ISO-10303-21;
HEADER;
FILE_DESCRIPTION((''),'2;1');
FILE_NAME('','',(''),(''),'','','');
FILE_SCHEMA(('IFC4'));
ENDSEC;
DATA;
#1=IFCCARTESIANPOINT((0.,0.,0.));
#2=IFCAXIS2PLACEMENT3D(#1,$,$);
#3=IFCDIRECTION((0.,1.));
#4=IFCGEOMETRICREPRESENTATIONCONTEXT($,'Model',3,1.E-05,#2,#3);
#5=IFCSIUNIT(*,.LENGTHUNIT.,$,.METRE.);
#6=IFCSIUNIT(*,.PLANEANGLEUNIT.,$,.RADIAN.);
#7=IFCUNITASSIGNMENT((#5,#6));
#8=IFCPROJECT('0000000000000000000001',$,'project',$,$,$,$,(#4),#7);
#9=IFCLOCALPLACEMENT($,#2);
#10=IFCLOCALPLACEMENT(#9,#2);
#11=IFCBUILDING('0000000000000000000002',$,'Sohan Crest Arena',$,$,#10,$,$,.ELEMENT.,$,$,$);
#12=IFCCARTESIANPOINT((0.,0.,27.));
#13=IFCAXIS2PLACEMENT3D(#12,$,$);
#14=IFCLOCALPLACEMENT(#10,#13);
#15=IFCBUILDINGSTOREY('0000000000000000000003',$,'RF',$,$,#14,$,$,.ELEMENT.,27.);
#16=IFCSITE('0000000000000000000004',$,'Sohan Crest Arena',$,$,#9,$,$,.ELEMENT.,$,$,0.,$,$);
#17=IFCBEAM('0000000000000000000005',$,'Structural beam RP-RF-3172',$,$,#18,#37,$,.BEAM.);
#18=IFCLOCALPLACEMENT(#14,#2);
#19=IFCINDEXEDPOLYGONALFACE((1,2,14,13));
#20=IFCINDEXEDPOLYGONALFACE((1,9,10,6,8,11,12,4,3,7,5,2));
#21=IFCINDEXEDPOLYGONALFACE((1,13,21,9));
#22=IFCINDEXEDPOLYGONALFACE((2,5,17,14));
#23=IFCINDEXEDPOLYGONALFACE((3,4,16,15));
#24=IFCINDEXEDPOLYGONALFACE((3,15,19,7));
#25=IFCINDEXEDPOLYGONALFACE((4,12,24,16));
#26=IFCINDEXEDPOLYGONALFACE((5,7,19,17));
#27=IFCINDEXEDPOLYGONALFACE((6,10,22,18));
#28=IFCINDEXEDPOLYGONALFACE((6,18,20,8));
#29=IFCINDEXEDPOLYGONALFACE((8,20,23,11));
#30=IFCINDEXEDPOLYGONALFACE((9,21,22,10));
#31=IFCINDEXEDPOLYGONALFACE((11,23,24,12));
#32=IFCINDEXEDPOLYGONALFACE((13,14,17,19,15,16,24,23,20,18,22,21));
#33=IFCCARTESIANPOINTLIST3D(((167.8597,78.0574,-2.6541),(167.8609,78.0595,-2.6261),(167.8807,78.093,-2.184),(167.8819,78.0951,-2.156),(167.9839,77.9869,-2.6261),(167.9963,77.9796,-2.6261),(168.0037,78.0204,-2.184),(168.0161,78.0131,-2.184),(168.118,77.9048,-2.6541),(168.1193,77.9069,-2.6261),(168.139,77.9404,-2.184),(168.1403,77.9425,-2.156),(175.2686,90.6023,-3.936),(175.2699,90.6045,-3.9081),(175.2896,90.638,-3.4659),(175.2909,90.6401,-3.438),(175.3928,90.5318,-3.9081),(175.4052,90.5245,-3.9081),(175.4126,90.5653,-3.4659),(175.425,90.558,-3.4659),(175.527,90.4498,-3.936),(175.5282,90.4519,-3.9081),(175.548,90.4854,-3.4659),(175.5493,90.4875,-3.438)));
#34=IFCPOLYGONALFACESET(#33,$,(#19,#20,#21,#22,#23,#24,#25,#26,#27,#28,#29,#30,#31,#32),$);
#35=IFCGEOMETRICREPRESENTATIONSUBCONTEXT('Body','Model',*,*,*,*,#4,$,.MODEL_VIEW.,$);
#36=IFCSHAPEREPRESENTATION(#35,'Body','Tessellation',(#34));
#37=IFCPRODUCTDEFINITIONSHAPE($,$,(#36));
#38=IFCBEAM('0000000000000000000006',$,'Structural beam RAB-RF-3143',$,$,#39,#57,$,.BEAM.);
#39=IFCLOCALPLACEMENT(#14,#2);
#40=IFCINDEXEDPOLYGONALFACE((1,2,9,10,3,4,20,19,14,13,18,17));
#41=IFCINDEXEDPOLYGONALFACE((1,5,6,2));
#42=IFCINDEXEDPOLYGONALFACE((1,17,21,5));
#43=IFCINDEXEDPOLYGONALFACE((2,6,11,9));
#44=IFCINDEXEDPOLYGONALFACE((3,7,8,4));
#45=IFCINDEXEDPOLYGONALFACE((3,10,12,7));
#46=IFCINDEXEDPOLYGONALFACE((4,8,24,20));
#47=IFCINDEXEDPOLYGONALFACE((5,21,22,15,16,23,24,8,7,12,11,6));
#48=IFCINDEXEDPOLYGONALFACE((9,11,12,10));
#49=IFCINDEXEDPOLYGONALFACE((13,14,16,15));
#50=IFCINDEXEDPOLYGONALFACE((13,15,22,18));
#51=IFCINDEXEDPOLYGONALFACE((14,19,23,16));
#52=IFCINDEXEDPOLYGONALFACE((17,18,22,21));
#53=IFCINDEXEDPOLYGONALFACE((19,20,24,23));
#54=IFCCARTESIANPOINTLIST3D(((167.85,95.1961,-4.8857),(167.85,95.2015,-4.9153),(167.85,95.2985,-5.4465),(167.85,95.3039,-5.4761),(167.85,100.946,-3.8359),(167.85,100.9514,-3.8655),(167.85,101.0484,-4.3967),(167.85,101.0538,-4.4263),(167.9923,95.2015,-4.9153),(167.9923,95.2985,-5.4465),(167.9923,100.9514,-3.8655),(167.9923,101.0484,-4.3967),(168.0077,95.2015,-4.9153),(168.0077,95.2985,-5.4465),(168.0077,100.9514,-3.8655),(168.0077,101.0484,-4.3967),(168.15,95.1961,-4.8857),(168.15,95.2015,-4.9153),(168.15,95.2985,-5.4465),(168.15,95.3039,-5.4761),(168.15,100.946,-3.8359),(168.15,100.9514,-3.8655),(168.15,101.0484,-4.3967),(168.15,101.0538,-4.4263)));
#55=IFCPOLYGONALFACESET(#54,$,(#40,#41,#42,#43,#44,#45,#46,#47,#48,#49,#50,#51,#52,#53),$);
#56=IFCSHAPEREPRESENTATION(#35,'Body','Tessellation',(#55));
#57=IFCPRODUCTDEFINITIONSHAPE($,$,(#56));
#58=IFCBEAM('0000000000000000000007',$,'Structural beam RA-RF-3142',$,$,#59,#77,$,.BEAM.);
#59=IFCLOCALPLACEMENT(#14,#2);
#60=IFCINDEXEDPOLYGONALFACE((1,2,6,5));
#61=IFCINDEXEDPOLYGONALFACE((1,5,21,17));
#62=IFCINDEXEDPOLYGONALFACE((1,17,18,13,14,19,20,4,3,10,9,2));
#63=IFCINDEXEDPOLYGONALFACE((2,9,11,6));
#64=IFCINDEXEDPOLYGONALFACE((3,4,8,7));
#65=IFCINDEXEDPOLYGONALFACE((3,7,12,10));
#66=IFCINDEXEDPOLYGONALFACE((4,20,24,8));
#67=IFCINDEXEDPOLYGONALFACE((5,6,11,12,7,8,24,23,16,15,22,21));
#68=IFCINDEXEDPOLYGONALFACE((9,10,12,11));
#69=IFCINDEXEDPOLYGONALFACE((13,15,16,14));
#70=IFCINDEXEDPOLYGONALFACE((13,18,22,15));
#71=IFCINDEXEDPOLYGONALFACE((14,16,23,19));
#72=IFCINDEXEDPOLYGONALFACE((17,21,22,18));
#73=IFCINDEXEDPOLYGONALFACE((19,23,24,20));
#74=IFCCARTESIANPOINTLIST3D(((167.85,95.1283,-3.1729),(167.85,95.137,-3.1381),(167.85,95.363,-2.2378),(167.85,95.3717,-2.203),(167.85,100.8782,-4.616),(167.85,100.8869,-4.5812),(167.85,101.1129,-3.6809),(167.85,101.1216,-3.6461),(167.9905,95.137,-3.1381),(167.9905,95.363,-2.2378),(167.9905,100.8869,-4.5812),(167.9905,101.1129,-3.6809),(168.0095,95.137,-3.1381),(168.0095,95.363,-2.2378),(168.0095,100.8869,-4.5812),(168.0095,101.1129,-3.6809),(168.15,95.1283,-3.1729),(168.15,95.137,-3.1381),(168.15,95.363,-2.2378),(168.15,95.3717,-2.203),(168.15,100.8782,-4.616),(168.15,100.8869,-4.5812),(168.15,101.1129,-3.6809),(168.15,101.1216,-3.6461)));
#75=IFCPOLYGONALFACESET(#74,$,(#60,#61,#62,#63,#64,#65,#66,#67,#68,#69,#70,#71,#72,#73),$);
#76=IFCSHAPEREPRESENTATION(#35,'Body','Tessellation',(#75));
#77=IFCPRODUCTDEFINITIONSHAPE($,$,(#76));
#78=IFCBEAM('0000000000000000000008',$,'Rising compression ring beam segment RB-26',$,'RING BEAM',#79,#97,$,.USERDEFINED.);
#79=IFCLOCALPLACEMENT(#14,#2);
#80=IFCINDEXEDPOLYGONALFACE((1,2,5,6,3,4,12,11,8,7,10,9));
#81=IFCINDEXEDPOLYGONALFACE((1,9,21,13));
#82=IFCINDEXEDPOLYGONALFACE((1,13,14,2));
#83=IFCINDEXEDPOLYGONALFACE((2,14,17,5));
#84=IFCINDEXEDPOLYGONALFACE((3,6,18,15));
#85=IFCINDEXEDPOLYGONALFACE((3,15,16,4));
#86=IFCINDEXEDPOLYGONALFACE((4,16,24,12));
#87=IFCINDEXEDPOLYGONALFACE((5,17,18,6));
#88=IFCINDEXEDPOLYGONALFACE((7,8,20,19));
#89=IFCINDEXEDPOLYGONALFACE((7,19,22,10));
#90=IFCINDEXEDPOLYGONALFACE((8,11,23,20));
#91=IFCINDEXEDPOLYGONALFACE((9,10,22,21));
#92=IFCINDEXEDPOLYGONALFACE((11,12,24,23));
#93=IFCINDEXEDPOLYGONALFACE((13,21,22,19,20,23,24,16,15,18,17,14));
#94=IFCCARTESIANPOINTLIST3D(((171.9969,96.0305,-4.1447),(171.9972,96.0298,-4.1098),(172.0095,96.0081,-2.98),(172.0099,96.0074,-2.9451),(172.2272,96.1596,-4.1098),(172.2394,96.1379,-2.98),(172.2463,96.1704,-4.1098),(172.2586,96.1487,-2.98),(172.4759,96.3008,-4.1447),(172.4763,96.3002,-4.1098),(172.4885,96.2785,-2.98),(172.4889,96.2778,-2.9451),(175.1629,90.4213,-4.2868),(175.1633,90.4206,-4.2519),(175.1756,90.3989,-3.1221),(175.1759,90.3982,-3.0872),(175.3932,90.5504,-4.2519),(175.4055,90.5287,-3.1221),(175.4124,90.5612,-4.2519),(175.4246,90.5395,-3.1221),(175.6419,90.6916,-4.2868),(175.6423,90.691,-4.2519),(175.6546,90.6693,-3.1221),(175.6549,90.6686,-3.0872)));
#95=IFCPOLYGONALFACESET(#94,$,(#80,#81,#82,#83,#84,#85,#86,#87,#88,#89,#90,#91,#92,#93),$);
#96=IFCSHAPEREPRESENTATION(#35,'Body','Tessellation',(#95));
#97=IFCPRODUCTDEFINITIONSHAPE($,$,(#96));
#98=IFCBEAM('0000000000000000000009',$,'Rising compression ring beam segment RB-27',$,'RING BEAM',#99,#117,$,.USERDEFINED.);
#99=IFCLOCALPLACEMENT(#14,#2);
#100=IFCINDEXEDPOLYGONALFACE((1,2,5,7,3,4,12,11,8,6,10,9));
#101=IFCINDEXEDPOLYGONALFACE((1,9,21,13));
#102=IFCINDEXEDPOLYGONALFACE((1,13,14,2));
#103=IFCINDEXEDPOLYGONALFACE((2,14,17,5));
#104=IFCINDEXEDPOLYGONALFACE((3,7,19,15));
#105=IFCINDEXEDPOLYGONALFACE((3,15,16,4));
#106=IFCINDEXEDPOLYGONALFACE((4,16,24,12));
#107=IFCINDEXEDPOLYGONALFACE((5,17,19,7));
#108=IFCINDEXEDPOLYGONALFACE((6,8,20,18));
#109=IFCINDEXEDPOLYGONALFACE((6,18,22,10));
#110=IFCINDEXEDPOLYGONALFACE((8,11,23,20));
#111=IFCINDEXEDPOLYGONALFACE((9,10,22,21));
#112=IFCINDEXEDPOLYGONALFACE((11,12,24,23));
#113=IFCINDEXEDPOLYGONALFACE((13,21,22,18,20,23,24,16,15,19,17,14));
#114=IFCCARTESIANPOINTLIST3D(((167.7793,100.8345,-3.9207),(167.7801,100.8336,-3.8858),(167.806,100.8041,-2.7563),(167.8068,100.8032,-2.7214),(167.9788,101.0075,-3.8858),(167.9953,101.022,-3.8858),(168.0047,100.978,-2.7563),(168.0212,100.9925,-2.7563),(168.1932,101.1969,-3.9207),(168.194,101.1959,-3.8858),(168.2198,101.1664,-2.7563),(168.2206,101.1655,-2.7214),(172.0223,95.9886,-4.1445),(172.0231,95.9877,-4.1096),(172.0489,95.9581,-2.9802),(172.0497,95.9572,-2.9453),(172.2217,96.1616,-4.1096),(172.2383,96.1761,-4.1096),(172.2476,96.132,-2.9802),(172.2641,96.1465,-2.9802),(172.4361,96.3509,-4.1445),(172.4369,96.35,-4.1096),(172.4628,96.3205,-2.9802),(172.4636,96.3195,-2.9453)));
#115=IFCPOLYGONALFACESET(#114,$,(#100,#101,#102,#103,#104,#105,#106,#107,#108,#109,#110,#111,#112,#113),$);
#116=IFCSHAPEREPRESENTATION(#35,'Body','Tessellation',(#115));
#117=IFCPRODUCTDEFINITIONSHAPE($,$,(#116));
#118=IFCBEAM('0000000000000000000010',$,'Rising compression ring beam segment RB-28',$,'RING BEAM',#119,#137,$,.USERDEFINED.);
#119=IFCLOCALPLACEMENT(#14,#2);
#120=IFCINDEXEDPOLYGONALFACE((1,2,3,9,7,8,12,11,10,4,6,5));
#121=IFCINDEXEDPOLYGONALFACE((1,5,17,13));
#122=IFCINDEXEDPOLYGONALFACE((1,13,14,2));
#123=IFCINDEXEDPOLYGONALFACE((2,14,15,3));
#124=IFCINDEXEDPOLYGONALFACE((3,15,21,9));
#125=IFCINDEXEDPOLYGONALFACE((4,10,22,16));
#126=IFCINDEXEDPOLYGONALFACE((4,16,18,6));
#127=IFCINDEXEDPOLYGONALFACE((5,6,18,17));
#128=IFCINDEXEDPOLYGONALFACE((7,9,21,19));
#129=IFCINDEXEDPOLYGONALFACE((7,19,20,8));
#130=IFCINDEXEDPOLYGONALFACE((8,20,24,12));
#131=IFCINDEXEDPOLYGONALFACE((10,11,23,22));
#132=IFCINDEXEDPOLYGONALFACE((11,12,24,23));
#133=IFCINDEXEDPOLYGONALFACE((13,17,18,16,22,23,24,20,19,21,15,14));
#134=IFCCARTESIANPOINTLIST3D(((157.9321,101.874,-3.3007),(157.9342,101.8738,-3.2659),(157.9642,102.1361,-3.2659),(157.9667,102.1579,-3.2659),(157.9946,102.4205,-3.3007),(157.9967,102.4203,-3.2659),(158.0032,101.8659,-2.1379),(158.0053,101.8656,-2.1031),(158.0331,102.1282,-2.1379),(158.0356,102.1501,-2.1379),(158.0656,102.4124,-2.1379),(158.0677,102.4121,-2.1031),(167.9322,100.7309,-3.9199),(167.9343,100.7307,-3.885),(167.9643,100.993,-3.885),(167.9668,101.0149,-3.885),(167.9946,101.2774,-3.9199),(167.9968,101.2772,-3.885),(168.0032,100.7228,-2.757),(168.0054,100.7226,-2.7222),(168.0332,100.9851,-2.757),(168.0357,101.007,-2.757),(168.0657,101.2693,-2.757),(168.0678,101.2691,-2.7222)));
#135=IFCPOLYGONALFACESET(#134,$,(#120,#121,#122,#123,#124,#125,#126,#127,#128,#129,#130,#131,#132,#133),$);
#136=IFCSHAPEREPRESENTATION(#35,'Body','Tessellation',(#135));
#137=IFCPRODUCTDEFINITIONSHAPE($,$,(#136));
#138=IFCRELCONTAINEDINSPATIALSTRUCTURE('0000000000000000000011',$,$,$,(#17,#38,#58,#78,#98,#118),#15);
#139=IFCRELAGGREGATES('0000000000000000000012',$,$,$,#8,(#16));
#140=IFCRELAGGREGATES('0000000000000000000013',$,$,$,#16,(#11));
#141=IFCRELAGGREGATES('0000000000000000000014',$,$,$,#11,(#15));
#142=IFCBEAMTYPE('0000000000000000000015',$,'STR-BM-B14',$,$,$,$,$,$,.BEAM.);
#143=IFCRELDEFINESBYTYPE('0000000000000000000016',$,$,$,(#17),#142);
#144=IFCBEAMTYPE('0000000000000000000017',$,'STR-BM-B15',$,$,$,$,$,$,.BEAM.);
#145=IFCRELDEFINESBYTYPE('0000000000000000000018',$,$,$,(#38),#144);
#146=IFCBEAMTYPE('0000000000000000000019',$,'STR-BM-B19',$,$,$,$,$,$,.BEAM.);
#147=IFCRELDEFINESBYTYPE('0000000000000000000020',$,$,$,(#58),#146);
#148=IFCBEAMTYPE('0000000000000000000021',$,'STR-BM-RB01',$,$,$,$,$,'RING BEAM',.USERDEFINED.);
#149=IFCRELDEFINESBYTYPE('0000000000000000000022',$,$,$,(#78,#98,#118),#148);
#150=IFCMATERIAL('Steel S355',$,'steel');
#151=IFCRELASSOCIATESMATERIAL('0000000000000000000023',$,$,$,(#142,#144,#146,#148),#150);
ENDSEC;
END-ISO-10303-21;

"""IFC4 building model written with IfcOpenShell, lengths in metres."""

from ifc_helpers import new_model, si_unit, direction, frame, origin, origin_2d, place, context, subcontext, project, spatial, i_section, extrude, material, material_profile, profile_set, type_object, element, save


model = new_model("IFC4")

# Units and contexts
model_context = context("Model", 3, precision=1e-05, world=origin(), true_north=direction((0.0, 1.0)))
body_context = subcontext(model_context, "Body", "Model", "MODEL_VIEW")
ifc_project = project(units=[si_unit("LENGTHUNIT", "METRE"), si_unit("PLANEANGLEUNIT", "RADIAN")], contexts=[model_context])

# Site, building, storey
site_placement = place(None, origin())
site = spatial("IfcSite", under=ifc_project, at=site_placement, Name="Sohan Crest Arena", CompositionType="ELEMENT", RefElevation=0.0)
building_placement = place(site_placement, origin())
building = spatial("IfcBuilding", under=site, at=building_placement, Name="Sohan Crest Arena", CompositionType="ELEMENT")
storey_placement = place(building_placement, frame((0.0, 0.0, 27.0)))
storey = spatial("IfcBuildingStorey", under=building, at=storey_placement, Name="RF", CompositionType="ELEMENT", Elevation=27.0)

# Beams
ifc_material_1 = material(Name="Steel S355", Category="steel")
ifc_material_profile_1 = material_profile(ifc_material_1, i_section(OverallWidth=0.3, OverallDepth=0.5, WebThickness=0.0144, FlangeThickness=0.0281, at=origin_2d()), Name="HEB 500")
ifc_profile_set_1 = profile_set([ifc_material_profile_1], Name="Steel S355")
beam_type_1 = type_object("IfcBeamType", Name="STR-BM-B14", PredefinedType="BEAM", material=ifc_profile_set_1)
beam_1_placement = place(storey_placement, frame((175.4089, 90.5449, -3.687), z_axis=(-0.50657, -0.857732, 0.087653), x_axis=(0.861046, -0.508527, 0.0)))
element("IfcBeam", 1, at=beam_1_placement, inside=storey, type_object=beam_type_1, Name="Structural beam RP-RF-3172", PredefinedType="BEAM", context=body_context, shape_type="SweptSolid", body=[
    extrude(i_section(OverallWidth=0.3, OverallDepth=0.5, WebThickness=0.0144, FlangeThickness=0.0281, at=origin_2d()), origin(), (0.0, 0.0, 1.0), 14.6257),
])
ifc_material_profile_2 = material_profile(ifc_material_1, i_section(OverallWidth=0.3, OverallDepth=0.6001, WebThickness=0.0154, FlangeThickness=0.03, at=origin_2d()), Name="HEB 600")
ifc_profile_set_2 = profile_set([ifc_material_profile_2], Name="Steel S355")
beam_type_2 = type_object("IfcBeamType", Name="STR-BM-B15", PredefinedType="BEAM", material=ifc_profile_set_2)
beam_2_placement = place(storey_placement, frame((168.0, 95.25, -5.1809), z_axis=(0.0, 0.983739, 0.179606), x_axis=(-1.0, 0.0, 0.0)))
element("IfcBeam", 2, at=beam_2_placement, inside=storey, type_object=beam_type_2, Name="Structural beam RAB-RF-3143", PredefinedType="BEAM", context=body_context, shape_type="SweptSolid", body=[
    extrude(i_section(OverallWidth=0.3, OverallDepth=0.6001, WebThickness=0.0154, FlangeThickness=0.03, at=origin_2d()), origin(), (0.0, 0.0, 1.0), 5.845),
])
ifc_material_profile_3 = material_profile(ifc_material_1, i_section(OverallWidth=0.3, OverallDepth=1.0, WebThickness=0.019, FlangeThickness=0.0359, at=origin_2d()), Name="HEB 1000")
ifc_profile_set_3 = profile_set([ifc_material_profile_3], Name="Steel S355")
beam_type_3 = type_object("IfcBeamType", Name="STR-BM-B19", PredefinedType="BEAM", material=ifc_profile_set_3)
beam_3_placement = place(storey_placement, frame((168.0, 95.25, -2.688), z_axis=(0.0, 0.969919, -0.243427), x_axis=(-1.0, 0.0, 0.0)))
element("IfcBeam", 3, at=beam_3_placement, inside=storey, type_object=beam_type_3, Name="Structural beam RA-RF-3142", PredefinedType="BEAM", context=body_context, shape_type="SweptSolid", body=[
    extrude(i_section(OverallWidth=0.3, OverallDepth=1.0, WebThickness=0.019, FlangeThickness=0.0359, at=origin_2d()), origin(), (0.0, 0.0, 1.0), 5.9282),
])
ifc_material_profile_4 = material_profile(ifc_material_1, i_section(OverallWidth=0.55, OverallDepth=1.2, WebThickness=0.022, FlangeThickness=0.0349, at=origin_2d()), Name="PG 1200x550x22x35")
ifc_profile_set_4 = profile_set([ifc_material_profile_4], Name="Steel S355")
beam_type_4 = type_object("IfcBeamType", Name="STR-BM-RB01", ElementType="RING BEAM", PredefinedType="USERDEFINED", material=ifc_profile_set_4)
beam_4_placement = place(storey_placement, frame((175.4089, 90.5449, -3.687), z_axis=(-0.491424, 0.870641, 0.022055), x_axis=(-0.870853, -0.491544, 0.0)))
element("IfcBeam", 4, at=beam_4_placement, inside=storey, type_object=beam_type_4, Name="Rising compression ring beam segment RB-26", ObjectType="RING BEAM", PredefinedType="USERDEFINED", context=body_context, shape_type="SweptSolid", body=[
    extrude(i_section(OverallWidth=0.55, OverallDepth=1.2, WebThickness=0.022, FlangeThickness=0.0349, at=origin_2d()), origin(), (0.0, 0.0, 1.0), 6.4426),
])
beam_5_placement = place(storey_placement, frame((172.2429, 96.1541, -3.5449), z_axis=(-0.658346, 0.751914, 0.034738), x_axis=(-0.752368, -0.658743, 0.0)))
element("IfcBeam", 5, at=beam_5_placement, inside=storey, type_object=beam_type_4, Name="Rising compression ring beam segment RB-27", ObjectType="RING BEAM", PredefinedType="USERDEFINED", context=body_context, shape_type="SweptSolid", body=[
    extrude(i_section(OverallWidth=0.55, OverallDepth=1.2, WebThickness=0.022, FlangeThickness=0.0349, at=origin_2d()), origin(), (0.0, 0.0, 1.0), 6.4448),
])
beam_6_placement = place(storey_placement, frame((168.0, 101.0, -3.321), z_axis=(-0.991656, 0.113353, 0.061397), x_axis=(-0.113567, -0.99353, 0.0)))
element("IfcBeam", 6, at=beam_6_placement, inside=storey, type_object=beam_type_4, Name="Rising compression ring beam segment RB-28", ObjectType="RING BEAM", PredefinedType="USERDEFINED", context=body_context, shape_type="SweptSolid", body=[
    extrude(i_section(OverallWidth=0.55, OverallDepth=1.2, WebThickness=0.022, FlangeThickness=0.0349, at=origin_2d()), origin(), (0.0, 0.0, 1.0), 10.0842),
])

save(model, "model.ifc")
